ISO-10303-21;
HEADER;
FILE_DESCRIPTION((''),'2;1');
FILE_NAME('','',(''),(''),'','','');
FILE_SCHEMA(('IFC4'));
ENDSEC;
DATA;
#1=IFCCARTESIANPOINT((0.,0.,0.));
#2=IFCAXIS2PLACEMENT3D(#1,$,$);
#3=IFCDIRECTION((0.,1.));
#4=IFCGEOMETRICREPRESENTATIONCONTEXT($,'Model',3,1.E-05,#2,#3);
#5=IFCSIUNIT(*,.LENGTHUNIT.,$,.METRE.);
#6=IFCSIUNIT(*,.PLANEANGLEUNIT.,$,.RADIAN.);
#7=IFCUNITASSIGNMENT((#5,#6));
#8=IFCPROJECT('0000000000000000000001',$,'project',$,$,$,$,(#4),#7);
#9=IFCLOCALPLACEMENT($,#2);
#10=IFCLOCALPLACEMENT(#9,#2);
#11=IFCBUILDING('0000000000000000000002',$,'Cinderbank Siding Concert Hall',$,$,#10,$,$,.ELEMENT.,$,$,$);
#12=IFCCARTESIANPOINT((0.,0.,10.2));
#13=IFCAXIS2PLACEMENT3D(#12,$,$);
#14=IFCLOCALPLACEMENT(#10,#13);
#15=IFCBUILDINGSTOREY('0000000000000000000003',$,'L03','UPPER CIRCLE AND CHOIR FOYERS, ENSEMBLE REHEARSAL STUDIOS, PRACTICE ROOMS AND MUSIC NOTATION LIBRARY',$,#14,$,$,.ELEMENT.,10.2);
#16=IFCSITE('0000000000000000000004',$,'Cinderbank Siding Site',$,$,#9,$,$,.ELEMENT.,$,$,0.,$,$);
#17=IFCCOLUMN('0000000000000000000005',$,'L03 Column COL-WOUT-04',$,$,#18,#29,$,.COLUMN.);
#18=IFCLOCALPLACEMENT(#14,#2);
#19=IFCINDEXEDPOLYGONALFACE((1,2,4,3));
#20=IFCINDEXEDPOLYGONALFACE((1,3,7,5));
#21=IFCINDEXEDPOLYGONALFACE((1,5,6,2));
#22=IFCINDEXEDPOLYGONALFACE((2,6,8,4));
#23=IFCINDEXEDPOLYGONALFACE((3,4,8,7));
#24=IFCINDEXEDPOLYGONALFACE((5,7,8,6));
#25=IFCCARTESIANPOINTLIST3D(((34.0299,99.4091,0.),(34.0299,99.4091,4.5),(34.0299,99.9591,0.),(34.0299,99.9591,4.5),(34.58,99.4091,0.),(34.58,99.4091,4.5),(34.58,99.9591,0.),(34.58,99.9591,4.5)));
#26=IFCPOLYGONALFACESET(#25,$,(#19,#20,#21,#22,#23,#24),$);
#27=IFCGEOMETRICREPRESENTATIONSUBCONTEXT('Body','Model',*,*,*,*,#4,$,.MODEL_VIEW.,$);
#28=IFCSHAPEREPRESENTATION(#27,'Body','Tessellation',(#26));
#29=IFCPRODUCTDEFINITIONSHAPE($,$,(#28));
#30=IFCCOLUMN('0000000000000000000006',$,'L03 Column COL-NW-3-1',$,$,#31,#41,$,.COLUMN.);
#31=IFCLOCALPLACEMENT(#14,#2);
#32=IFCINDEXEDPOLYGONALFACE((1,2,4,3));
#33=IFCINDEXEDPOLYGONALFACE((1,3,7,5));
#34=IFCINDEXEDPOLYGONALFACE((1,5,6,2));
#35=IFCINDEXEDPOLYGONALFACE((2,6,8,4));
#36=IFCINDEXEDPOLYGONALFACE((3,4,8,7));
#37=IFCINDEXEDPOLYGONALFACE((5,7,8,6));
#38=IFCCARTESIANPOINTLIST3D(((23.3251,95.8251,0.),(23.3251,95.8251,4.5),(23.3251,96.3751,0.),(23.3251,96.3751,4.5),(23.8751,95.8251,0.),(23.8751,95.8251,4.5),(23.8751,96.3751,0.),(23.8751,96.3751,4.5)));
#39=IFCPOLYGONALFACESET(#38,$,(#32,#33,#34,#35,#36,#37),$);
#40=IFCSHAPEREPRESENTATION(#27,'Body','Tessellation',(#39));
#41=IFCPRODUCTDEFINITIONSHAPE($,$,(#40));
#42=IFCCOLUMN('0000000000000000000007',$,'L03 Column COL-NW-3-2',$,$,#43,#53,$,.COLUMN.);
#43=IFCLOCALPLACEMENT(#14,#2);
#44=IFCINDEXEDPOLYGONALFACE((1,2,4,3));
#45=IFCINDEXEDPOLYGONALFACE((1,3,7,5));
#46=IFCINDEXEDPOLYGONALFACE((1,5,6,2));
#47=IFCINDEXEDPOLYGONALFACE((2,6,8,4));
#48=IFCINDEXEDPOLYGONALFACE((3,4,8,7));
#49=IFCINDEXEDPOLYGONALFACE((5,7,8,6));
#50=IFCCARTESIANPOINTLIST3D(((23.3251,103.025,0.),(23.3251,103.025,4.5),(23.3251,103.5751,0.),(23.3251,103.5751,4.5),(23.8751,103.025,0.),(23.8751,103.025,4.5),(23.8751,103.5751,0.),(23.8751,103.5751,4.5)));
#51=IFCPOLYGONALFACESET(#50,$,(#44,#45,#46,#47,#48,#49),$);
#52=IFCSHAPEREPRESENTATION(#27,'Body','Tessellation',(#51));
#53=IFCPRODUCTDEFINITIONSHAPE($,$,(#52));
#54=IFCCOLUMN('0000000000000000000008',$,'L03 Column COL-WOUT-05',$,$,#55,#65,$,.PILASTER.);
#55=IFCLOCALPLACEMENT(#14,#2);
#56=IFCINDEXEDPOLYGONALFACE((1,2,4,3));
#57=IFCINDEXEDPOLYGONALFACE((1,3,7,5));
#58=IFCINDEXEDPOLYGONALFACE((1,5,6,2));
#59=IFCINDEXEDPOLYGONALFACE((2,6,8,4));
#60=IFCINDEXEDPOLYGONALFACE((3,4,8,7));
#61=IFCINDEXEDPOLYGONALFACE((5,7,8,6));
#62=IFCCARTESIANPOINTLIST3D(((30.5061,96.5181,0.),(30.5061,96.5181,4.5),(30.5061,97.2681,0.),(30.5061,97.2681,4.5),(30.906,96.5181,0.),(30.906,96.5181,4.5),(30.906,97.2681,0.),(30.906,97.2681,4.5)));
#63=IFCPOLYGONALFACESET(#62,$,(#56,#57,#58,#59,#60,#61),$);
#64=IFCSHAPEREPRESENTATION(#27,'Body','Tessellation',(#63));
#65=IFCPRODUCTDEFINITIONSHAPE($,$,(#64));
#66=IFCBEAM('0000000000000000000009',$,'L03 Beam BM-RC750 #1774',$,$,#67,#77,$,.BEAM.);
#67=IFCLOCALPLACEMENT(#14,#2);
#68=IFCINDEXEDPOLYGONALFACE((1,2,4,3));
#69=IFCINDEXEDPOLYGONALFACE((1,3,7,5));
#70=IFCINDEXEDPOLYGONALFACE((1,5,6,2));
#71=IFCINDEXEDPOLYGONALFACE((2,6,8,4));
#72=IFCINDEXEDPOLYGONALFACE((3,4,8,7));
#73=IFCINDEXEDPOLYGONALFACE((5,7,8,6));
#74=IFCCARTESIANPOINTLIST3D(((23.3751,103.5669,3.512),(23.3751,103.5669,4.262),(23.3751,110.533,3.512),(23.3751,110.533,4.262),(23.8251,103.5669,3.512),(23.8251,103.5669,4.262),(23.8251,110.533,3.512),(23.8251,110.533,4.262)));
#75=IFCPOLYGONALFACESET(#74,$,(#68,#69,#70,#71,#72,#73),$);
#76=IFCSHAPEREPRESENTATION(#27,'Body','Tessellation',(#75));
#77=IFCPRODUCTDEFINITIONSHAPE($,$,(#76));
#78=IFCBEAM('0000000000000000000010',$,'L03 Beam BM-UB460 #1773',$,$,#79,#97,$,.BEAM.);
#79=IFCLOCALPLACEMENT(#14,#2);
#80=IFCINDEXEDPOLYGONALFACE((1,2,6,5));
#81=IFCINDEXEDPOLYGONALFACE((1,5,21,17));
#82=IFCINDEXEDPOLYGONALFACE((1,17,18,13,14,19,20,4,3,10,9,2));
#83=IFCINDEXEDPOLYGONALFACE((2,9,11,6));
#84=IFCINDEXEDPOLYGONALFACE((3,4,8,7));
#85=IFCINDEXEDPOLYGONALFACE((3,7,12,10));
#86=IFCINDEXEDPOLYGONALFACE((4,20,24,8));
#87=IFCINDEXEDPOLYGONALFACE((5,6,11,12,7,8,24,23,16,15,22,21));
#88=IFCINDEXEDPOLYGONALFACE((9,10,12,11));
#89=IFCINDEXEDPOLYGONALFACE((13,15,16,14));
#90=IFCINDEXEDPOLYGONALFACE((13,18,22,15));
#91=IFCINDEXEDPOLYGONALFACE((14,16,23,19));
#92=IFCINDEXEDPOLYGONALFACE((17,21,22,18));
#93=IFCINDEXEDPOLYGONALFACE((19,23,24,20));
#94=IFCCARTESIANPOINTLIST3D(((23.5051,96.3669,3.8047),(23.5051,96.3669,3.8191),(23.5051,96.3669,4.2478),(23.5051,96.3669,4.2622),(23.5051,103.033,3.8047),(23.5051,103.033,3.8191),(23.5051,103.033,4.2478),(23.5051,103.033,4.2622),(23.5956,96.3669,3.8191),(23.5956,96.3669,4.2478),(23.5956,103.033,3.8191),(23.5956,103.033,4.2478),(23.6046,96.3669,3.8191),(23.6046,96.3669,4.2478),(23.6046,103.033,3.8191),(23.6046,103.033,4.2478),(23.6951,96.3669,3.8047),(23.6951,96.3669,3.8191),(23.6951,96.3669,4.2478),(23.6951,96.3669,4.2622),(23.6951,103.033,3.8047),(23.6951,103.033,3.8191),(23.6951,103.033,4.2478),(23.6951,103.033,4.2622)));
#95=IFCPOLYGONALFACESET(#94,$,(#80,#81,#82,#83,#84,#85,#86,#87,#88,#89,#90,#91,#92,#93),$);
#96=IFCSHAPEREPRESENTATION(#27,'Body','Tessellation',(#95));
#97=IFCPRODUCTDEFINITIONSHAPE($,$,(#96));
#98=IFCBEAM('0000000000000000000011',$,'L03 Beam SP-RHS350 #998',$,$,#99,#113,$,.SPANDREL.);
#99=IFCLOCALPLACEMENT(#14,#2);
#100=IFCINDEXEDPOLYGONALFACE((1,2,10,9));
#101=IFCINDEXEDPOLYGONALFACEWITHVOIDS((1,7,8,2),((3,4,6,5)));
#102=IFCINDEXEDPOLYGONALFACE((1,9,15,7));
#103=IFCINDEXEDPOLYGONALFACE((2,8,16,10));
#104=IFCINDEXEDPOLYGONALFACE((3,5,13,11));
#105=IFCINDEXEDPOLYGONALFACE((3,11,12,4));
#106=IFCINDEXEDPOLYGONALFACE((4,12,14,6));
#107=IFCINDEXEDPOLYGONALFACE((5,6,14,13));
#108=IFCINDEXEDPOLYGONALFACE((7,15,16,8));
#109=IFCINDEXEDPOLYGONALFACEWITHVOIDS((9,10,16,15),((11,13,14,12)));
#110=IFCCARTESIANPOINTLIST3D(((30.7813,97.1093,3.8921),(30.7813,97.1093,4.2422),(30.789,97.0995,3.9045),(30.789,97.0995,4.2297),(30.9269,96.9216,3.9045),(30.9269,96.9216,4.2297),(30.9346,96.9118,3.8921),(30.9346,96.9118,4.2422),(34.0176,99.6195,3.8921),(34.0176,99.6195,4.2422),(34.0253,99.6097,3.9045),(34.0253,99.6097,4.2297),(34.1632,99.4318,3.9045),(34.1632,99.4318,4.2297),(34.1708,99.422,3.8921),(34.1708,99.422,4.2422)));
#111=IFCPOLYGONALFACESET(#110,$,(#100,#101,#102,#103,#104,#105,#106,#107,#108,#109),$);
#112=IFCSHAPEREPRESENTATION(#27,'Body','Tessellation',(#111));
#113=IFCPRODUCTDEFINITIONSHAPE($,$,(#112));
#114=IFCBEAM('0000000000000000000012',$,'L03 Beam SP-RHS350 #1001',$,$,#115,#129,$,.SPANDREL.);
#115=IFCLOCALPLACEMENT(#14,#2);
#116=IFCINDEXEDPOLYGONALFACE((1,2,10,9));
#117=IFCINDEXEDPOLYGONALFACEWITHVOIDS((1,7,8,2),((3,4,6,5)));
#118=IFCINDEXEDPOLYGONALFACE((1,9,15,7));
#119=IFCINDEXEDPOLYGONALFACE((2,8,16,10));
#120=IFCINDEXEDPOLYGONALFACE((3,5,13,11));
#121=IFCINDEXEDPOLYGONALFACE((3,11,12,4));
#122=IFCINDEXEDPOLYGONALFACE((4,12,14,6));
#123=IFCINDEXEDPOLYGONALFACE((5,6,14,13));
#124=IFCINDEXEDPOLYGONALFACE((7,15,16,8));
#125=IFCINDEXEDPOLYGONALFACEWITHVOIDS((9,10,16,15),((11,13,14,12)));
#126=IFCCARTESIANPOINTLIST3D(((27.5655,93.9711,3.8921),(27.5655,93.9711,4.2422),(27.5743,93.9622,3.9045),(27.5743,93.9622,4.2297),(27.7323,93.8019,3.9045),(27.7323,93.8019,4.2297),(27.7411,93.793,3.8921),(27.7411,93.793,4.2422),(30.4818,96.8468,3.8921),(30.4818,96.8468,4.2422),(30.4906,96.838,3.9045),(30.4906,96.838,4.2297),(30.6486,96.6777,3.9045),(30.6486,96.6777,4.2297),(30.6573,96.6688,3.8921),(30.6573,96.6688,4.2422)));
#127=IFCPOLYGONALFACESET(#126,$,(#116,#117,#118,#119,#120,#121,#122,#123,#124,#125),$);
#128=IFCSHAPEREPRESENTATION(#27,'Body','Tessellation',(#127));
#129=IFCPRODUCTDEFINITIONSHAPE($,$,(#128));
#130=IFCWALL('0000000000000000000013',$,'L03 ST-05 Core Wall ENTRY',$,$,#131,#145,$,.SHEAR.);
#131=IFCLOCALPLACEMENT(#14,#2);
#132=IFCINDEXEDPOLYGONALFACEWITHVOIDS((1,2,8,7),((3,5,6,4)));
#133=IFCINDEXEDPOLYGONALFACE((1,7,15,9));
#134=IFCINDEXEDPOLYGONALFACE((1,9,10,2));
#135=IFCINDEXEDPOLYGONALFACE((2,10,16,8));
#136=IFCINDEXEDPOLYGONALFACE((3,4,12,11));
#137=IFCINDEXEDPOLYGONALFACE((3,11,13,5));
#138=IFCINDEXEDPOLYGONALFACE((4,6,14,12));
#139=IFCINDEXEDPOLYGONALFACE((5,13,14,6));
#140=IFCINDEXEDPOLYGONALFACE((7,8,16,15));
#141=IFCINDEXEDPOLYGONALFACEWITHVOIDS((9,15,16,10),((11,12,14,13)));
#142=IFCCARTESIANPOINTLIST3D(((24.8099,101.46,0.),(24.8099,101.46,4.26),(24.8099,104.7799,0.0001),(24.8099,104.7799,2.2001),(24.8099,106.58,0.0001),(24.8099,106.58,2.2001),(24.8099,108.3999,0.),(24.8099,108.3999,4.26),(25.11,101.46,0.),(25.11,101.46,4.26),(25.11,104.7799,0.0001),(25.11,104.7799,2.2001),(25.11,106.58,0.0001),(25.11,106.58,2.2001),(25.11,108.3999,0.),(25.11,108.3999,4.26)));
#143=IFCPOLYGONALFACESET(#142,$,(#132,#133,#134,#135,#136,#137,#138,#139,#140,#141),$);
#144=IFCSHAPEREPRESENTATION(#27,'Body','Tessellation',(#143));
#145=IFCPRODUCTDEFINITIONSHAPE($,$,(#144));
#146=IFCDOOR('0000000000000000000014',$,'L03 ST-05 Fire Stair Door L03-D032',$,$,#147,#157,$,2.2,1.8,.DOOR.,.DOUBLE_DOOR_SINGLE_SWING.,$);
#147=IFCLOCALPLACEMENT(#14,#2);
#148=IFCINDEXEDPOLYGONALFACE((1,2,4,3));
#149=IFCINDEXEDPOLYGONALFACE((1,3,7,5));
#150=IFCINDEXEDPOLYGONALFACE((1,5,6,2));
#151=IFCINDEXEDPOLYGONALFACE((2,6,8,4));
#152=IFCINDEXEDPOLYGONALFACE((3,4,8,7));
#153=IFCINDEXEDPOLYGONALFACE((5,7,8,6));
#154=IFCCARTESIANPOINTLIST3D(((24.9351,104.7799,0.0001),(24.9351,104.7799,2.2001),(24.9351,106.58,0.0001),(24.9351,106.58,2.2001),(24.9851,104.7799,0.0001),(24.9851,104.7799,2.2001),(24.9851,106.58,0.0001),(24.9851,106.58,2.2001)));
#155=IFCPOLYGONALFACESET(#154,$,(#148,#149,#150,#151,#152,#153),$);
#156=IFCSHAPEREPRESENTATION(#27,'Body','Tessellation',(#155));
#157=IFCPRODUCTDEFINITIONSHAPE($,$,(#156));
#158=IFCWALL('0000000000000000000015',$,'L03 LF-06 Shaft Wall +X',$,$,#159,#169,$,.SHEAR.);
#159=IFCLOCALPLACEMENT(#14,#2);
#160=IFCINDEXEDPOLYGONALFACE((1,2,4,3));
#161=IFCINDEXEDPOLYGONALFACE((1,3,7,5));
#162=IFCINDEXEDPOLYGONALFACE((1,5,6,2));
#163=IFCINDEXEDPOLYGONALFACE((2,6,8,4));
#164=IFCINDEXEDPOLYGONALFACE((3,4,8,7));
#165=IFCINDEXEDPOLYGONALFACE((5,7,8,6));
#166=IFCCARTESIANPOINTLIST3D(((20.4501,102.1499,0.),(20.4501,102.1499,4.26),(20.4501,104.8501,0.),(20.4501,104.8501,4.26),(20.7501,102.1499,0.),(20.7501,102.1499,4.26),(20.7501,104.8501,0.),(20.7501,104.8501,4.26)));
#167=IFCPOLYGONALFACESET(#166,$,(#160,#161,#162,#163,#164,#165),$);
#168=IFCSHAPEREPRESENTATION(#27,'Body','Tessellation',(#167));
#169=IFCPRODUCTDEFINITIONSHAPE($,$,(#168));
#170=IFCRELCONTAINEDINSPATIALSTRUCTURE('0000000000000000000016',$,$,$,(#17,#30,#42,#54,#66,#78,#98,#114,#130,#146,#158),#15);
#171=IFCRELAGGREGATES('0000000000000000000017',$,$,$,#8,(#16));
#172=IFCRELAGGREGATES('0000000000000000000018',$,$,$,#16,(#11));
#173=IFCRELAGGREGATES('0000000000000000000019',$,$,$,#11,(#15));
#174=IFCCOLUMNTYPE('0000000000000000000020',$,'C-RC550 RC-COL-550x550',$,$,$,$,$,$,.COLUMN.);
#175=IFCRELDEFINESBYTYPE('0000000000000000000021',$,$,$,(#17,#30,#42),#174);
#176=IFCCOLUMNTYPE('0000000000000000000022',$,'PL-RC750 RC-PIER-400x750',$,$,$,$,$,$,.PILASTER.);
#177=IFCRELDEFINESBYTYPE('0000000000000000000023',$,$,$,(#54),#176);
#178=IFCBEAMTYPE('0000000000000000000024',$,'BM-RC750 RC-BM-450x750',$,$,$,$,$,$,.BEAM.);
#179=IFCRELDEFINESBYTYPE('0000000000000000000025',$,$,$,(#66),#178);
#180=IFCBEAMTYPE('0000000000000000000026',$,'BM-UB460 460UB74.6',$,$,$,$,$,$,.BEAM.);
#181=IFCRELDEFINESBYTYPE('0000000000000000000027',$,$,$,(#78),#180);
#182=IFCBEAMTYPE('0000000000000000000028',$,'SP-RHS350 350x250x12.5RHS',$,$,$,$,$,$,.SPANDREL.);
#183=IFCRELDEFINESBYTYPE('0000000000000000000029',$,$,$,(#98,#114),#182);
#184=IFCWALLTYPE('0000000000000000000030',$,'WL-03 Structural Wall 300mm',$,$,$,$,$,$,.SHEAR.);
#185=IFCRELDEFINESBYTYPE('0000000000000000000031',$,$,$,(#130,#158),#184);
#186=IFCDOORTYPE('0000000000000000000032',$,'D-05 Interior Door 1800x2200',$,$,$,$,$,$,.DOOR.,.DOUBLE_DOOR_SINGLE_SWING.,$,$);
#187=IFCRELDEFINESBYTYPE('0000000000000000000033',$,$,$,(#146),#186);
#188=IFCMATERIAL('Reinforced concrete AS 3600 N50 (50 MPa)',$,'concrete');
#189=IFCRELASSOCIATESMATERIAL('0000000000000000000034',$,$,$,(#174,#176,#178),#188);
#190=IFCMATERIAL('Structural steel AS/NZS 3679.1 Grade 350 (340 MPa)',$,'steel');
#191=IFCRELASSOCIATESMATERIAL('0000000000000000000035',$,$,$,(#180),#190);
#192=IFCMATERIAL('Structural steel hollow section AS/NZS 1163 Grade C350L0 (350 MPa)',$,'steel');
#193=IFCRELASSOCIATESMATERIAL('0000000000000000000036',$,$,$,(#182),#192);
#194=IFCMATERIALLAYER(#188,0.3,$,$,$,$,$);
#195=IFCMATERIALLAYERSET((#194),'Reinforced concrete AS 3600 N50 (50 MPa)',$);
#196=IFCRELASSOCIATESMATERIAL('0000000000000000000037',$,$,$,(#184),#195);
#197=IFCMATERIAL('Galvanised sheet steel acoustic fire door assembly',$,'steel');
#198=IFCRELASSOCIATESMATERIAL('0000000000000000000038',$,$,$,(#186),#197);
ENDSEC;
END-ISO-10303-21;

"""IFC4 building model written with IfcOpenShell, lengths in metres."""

from ifc_helpers import new_model, si_unit, direction, frame, frame_2d, origin, origin_2d, place, context, subcontext, project, spatial, rectangle, hollow_rectangle, i_section, extrude, material, layer, layer_set, material_profile, profile_set, type_object, element, fill, save


model = new_model("IFC4")

# Units and contexts
model_context = context("Model", 3, precision=1e-05, world=origin(), true_north=direction((0.0, 1.0)))
body_context = subcontext(model_context, "Body", "Model", "MODEL_VIEW")
ifc_project = project(units=[si_unit("LENGTHUNIT", "METRE"), si_unit("PLANEANGLEUNIT", "RADIAN")], contexts=[model_context])

# Site, building, storey
site_placement = place(None, origin())
site = spatial("IfcSite", under=ifc_project, at=site_placement, Name="Cinderbank Siding Site", CompositionType="ELEMENT", RefElevation=0.0)
building_placement = place(site_placement, origin())
building = spatial("IfcBuilding", under=site, at=building_placement, Name="Cinderbank Siding Concert Hall", CompositionType="ELEMENT")
storey_placement = place(building_placement, frame((0.0, 0.0, 10.2)))
storey = spatial("IfcBuildingStorey", under=building, at=storey_placement, Name="L03", Description="UPPER CIRCLE AND CHOIR FOYERS, ENSEMBLE REHEARSAL STUDIOS, PRACTICE ROOMS AND MUSIC NOTATION LIBRARY", CompositionType="ELEMENT", Elevation=10.2)

# Columns
ifc_material_1 = material(Name="Reinforced concrete AS 3600 N50 (50 MPa)", Category="concrete")
ifc_material_profile_1 = material_profile(ifc_material_1, rectangle(XDim=0.55, YDim=0.55, at=origin_2d()), Name="RC-COL-550x550", Category="LoadBearing")
ifc_profile_set_1 = profile_set([ifc_material_profile_1], Name="Reinforced concrete AS 3600 N50 (50 MPa)")
column_type_1 = type_object("IfcColumnType", Name="C-RC550 RC-COL-550x550", PredefinedType="COLUMN", material=ifc_profile_set_1)
for number, where, z_axis, x_axis, name in (
    (1, (34.3049, 99.6841, 0.0), (0.0, 0.0, 1.0), (1.0, 0.0, 0.0), "L03 Column COL-WOUT-04"),
    (2, (23.6001, 96.1001, 0.0), (0.0, 0.0, 1.0), (1.0, 0.0, 0.0), "L03 Column COL-NW-3-1"),
    (3, (23.6001, 103.3, 0.0), (0.0, 0.0, 1.0), (1.0, 0.0, 0.0), "L03 Column COL-NW-3-2"),
):
    element("IfcColumn", number, at=place(storey_placement, frame(where, z_axis=z_axis, x_axis=x_axis)), inside=storey, type_object=column_type_1, Name=name, PredefinedType="COLUMN", context=body_context, shape_type="SweptSolid", body=[
        extrude(rectangle(XDim=0.55, YDim=0.55, at=origin_2d()), origin(), (0.0, 0.0, 1.0), 4.5),
    ])
ifc_material_profile_2 = material_profile(ifc_material_1, rectangle(XDim=0.3999, YDim=0.75, at=origin_2d()), Name="RC-PIER-400x750", Category="LoadBearing")
ifc_profile_set_2 = profile_set([ifc_material_profile_2], Name="Reinforced concrete AS 3600 N50 (50 MPa)")
column_type_2 = type_object("IfcColumnType", Name="PL-RC750 RC-PIER-400x750", PredefinedType="PILASTER", material=ifc_profile_set_2)
column_placement = place(storey_placement, frame((30.7061, 96.8931, 0.0), z_axis=(0.0, 0.0, 1.0), x_axis=(1.0, 0.0, 0.0)))
element("IfcColumn", 4, at=column_placement, inside=storey, type_object=column_type_2, Name="L03 Column COL-WOUT-05", PredefinedType="PILASTER", context=body_context, shape_type="SweptSolid", body=[
    extrude(rectangle(XDim=0.3999, YDim=0.75, at=origin_2d()), origin(), (0.0, 0.0, 1.0), 4.5),
])

# Beams
ifc_material_profile_3 = material_profile(ifc_material_1, rectangle(XDim=0.45, YDim=0.75, at=origin_2d()), Name="RC-BM-450x750", Category="LoadBearing")
ifc_profile_set_3 = profile_set([ifc_material_profile_3], Name="Reinforced concrete AS 3600 N50 (50 MPa)")
beam_type_1 = type_object("IfcBeamType", Name="BM-RC750 RC-BM-450x750", PredefinedType="BEAM", material=ifc_profile_set_3)
beam_1_placement = place(storey_placement, frame((23.6001, 103.5669, 3.887), z_axis=(0.0, 1.0, 0.0), x_axis=(-1.0, 0.0, 0.0)))
element("IfcBeam", 5, at=beam_1_placement, inside=storey, type_object=beam_type_1, Name="L03 Beam BM-RC750 #1774", PredefinedType="BEAM", context=body_context, shape_type="SweptSolid", body=[
    extrude(rectangle(XDim=0.45, YDim=0.75, at=origin_2d()), origin(), (0.0, 0.0, 1.0), 6.9661),
])
ifc_material_2 = material(Name="Structural steel AS/NZS 3679.1 Grade 350 (340 MPa)", Category="steel")
ifc_material_profile_4 = material_profile(ifc_material_2, i_section(OverallWidth=0.1899, OverallDepth=0.4575, WebThickness=0.009, FlangeThickness=0.0144, at=origin_2d()), Name="460UB74.6", Category="LoadBearing")
ifc_profile_set_4 = profile_set([ifc_material_profile_4], Name="Structural steel AS/NZS 3679.1 Grade 350 (340 MPa)")
beam_type_2 = type_object("IfcBeamType", Name="BM-UB460 460UB74.6", PredefinedType="BEAM", material=ifc_profile_set_4)
beam_2_placement = place(storey_placement, frame((23.6001, 96.3669, 4.0334), z_axis=(0.0, 1.0, 0.0), x_axis=(-1.0, 0.0, 0.0)))
element("IfcBeam", 6, at=beam_2_placement, inside=storey, type_object=beam_type_2, Name="L03 Beam BM-UB460 #1773", PredefinedType="BEAM", context=body_context, shape_type="SweptSolid", body=[
    extrude(i_section(OverallWidth=0.1899, OverallDepth=0.4575, WebThickness=0.009, FlangeThickness=0.0144, at=origin_2d()), origin(), (0.0, 0.0, 1.0), 6.666),
])
ifc_material_3 = material(Name="Structural steel hollow section AS/NZS 1163 Grade C350L0 (350 MPa)", Category="steel")
ifc_material_profile_5 = material_profile(ifc_material_3, hollow_rectangle(XDim=0.25, YDim=0.3501, WallThickness=0.0125, at=origin_2d()), Name="350x250x12.5RHS", Category="LoadBearing")
ifc_profile_set_5 = profile_set([ifc_material_profile_5], Name="Structural steel hollow section AS/NZS 1163 Grade C350L0 (350 MPa)")
beam_type_3 = type_object("IfcBeamType", Name="SP-RHS350 350x250x12.5RHS", PredefinedType="SPANDREL", material=ifc_profile_set_5)
for number, where, z_axis, x_axis, name in (
    (7, (34.0942, 99.5208, 4.0671), (-0.790167, -0.612892, 0.0), (0.612892, -0.790167, 0.0), "L03 Beam SP-RHS350 #998"),
    (8, (30.5696, 96.7578, 4.0671), (-0.712037, -0.702142, 0.0), (0.702142, -0.712037, 0.0), "L03 Beam SP-RHS350 #1001"),
):
    element("IfcBeam", number, at=place(storey_placement, frame(where, z_axis=z_axis, x_axis=x_axis)), inside=storey, type_object=beam_type_3, Name=name, PredefinedType="SPANDREL", context=body_context, shape_type="SweptSolid", body=[
        extrude(hollow_rectangle(XDim=0.25, YDim=0.3501, WallThickness=0.0125, at=origin_2d()), origin(), (0.0, 0.0, 1.0), 4.0957),
    ])

# Wall, opening, door
ifc_layer_1 = layer(ifc_material_1, 0.3)
ifc_layer_set_1 = layer_set([ifc_layer_1], Name="Reinforced concrete AS 3600 N50 (50 MPa)")
wall_type_1 = type_object("IfcWallType", Name="WL-03 Structural Wall 300mm", PredefinedType="SHEAR", material=ifc_layer_set_1)
wall_1_placement = place(storey_placement, frame((24.96, 101.46, 0.0), z_axis=(0.0, 0.0, 1.0), x_axis=(0.0, 1.0, 0.0)))
wall_1 = element("IfcWall", 9, at=wall_1_placement, inside=storey, type_object=wall_type_1, Name="L03 ST-05 Core Wall ENTRY", PredefinedType="SHEAR", context=body_context, shape_type="SweptSolid", body=[
    extrude(rectangle(XDim=6.9399, YDim=0.3, at=frame_2d((3.47, 0.0))), origin(), (0.0, 0.0, 1.0), 4.26),
])
opening_1_placement = place(wall_1_placement, frame((3.3201, 0.0, 0.0)))
opening_1 = element("IfcOpeningElement", 10, at=opening_1_placement, cuts=wall_1, PredefinedType="OPENING", context=body_context, shape_type="SweptSolid", body=[
    extrude(rectangle(XDim=1.8, YDim=2.2, at=frame_2d((0.8999, 1.1001))), frame((0.0, 0.1621, 0.0), z_axis=(0.0, -1.0, 0.0), x_axis=(1.0, 0.0, 0.0)), (0.0, 0.0, 1.0), 0.324),
])
ifc_material_4 = material(Name="Galvanised sheet steel acoustic fire door assembly", Category="steel")
door_type = type_object("IfcDoorType", Name="D-05 Interior Door 1800x2200", OperationType="DOUBLE_DOOR_SINGLE_SWING", PredefinedType="DOOR", material=ifc_material_4)
door_placement = place(opening_1_placement, origin())
door = element("IfcDoor", 11, at=door_placement, inside=storey, type_object=door_type, Name="L03 ST-05 Fire Stair Door L03-D032", OperationType="DOUBLE_DOOR_SINGLE_SWING", OverallHeight=2.2, OverallWidth=1.8, PredefinedType="DOOR", context=body_context, shape_type="SweptSolid", body=[
    extrude(rectangle(XDim=1.8, YDim=2.2, at=frame_2d((0.8999, 1.1001))), frame((0.0, 0.0249, 0.0), z_axis=(0.0, -1.0, 0.0), x_axis=(1.0, 0.0, 0.0)), (0.0, 0.0, 1.0), 0.05),
])
fill(opening_1, door)

# Wall
wall_2_placement = place(storey_placement, frame((20.6001, 104.8501, 0.0), z_axis=(0.0, 0.0, 1.0), x_axis=(0.0, -1.0, 0.0)))
element("IfcWall", 12, at=wall_2_placement, inside=storey, type_object=wall_type_1, Name="L03 LF-06 Shaft Wall +X", PredefinedType="SHEAR", context=body_context, shape_type="SweptSolid", body=[
    extrude(rectangle(XDim=2.7002, YDim=0.3, at=frame_2d((1.3501, 0.0))), origin(), (0.0, 0.0, 1.0), 4.26),
])

save(model, "model.ifc")
